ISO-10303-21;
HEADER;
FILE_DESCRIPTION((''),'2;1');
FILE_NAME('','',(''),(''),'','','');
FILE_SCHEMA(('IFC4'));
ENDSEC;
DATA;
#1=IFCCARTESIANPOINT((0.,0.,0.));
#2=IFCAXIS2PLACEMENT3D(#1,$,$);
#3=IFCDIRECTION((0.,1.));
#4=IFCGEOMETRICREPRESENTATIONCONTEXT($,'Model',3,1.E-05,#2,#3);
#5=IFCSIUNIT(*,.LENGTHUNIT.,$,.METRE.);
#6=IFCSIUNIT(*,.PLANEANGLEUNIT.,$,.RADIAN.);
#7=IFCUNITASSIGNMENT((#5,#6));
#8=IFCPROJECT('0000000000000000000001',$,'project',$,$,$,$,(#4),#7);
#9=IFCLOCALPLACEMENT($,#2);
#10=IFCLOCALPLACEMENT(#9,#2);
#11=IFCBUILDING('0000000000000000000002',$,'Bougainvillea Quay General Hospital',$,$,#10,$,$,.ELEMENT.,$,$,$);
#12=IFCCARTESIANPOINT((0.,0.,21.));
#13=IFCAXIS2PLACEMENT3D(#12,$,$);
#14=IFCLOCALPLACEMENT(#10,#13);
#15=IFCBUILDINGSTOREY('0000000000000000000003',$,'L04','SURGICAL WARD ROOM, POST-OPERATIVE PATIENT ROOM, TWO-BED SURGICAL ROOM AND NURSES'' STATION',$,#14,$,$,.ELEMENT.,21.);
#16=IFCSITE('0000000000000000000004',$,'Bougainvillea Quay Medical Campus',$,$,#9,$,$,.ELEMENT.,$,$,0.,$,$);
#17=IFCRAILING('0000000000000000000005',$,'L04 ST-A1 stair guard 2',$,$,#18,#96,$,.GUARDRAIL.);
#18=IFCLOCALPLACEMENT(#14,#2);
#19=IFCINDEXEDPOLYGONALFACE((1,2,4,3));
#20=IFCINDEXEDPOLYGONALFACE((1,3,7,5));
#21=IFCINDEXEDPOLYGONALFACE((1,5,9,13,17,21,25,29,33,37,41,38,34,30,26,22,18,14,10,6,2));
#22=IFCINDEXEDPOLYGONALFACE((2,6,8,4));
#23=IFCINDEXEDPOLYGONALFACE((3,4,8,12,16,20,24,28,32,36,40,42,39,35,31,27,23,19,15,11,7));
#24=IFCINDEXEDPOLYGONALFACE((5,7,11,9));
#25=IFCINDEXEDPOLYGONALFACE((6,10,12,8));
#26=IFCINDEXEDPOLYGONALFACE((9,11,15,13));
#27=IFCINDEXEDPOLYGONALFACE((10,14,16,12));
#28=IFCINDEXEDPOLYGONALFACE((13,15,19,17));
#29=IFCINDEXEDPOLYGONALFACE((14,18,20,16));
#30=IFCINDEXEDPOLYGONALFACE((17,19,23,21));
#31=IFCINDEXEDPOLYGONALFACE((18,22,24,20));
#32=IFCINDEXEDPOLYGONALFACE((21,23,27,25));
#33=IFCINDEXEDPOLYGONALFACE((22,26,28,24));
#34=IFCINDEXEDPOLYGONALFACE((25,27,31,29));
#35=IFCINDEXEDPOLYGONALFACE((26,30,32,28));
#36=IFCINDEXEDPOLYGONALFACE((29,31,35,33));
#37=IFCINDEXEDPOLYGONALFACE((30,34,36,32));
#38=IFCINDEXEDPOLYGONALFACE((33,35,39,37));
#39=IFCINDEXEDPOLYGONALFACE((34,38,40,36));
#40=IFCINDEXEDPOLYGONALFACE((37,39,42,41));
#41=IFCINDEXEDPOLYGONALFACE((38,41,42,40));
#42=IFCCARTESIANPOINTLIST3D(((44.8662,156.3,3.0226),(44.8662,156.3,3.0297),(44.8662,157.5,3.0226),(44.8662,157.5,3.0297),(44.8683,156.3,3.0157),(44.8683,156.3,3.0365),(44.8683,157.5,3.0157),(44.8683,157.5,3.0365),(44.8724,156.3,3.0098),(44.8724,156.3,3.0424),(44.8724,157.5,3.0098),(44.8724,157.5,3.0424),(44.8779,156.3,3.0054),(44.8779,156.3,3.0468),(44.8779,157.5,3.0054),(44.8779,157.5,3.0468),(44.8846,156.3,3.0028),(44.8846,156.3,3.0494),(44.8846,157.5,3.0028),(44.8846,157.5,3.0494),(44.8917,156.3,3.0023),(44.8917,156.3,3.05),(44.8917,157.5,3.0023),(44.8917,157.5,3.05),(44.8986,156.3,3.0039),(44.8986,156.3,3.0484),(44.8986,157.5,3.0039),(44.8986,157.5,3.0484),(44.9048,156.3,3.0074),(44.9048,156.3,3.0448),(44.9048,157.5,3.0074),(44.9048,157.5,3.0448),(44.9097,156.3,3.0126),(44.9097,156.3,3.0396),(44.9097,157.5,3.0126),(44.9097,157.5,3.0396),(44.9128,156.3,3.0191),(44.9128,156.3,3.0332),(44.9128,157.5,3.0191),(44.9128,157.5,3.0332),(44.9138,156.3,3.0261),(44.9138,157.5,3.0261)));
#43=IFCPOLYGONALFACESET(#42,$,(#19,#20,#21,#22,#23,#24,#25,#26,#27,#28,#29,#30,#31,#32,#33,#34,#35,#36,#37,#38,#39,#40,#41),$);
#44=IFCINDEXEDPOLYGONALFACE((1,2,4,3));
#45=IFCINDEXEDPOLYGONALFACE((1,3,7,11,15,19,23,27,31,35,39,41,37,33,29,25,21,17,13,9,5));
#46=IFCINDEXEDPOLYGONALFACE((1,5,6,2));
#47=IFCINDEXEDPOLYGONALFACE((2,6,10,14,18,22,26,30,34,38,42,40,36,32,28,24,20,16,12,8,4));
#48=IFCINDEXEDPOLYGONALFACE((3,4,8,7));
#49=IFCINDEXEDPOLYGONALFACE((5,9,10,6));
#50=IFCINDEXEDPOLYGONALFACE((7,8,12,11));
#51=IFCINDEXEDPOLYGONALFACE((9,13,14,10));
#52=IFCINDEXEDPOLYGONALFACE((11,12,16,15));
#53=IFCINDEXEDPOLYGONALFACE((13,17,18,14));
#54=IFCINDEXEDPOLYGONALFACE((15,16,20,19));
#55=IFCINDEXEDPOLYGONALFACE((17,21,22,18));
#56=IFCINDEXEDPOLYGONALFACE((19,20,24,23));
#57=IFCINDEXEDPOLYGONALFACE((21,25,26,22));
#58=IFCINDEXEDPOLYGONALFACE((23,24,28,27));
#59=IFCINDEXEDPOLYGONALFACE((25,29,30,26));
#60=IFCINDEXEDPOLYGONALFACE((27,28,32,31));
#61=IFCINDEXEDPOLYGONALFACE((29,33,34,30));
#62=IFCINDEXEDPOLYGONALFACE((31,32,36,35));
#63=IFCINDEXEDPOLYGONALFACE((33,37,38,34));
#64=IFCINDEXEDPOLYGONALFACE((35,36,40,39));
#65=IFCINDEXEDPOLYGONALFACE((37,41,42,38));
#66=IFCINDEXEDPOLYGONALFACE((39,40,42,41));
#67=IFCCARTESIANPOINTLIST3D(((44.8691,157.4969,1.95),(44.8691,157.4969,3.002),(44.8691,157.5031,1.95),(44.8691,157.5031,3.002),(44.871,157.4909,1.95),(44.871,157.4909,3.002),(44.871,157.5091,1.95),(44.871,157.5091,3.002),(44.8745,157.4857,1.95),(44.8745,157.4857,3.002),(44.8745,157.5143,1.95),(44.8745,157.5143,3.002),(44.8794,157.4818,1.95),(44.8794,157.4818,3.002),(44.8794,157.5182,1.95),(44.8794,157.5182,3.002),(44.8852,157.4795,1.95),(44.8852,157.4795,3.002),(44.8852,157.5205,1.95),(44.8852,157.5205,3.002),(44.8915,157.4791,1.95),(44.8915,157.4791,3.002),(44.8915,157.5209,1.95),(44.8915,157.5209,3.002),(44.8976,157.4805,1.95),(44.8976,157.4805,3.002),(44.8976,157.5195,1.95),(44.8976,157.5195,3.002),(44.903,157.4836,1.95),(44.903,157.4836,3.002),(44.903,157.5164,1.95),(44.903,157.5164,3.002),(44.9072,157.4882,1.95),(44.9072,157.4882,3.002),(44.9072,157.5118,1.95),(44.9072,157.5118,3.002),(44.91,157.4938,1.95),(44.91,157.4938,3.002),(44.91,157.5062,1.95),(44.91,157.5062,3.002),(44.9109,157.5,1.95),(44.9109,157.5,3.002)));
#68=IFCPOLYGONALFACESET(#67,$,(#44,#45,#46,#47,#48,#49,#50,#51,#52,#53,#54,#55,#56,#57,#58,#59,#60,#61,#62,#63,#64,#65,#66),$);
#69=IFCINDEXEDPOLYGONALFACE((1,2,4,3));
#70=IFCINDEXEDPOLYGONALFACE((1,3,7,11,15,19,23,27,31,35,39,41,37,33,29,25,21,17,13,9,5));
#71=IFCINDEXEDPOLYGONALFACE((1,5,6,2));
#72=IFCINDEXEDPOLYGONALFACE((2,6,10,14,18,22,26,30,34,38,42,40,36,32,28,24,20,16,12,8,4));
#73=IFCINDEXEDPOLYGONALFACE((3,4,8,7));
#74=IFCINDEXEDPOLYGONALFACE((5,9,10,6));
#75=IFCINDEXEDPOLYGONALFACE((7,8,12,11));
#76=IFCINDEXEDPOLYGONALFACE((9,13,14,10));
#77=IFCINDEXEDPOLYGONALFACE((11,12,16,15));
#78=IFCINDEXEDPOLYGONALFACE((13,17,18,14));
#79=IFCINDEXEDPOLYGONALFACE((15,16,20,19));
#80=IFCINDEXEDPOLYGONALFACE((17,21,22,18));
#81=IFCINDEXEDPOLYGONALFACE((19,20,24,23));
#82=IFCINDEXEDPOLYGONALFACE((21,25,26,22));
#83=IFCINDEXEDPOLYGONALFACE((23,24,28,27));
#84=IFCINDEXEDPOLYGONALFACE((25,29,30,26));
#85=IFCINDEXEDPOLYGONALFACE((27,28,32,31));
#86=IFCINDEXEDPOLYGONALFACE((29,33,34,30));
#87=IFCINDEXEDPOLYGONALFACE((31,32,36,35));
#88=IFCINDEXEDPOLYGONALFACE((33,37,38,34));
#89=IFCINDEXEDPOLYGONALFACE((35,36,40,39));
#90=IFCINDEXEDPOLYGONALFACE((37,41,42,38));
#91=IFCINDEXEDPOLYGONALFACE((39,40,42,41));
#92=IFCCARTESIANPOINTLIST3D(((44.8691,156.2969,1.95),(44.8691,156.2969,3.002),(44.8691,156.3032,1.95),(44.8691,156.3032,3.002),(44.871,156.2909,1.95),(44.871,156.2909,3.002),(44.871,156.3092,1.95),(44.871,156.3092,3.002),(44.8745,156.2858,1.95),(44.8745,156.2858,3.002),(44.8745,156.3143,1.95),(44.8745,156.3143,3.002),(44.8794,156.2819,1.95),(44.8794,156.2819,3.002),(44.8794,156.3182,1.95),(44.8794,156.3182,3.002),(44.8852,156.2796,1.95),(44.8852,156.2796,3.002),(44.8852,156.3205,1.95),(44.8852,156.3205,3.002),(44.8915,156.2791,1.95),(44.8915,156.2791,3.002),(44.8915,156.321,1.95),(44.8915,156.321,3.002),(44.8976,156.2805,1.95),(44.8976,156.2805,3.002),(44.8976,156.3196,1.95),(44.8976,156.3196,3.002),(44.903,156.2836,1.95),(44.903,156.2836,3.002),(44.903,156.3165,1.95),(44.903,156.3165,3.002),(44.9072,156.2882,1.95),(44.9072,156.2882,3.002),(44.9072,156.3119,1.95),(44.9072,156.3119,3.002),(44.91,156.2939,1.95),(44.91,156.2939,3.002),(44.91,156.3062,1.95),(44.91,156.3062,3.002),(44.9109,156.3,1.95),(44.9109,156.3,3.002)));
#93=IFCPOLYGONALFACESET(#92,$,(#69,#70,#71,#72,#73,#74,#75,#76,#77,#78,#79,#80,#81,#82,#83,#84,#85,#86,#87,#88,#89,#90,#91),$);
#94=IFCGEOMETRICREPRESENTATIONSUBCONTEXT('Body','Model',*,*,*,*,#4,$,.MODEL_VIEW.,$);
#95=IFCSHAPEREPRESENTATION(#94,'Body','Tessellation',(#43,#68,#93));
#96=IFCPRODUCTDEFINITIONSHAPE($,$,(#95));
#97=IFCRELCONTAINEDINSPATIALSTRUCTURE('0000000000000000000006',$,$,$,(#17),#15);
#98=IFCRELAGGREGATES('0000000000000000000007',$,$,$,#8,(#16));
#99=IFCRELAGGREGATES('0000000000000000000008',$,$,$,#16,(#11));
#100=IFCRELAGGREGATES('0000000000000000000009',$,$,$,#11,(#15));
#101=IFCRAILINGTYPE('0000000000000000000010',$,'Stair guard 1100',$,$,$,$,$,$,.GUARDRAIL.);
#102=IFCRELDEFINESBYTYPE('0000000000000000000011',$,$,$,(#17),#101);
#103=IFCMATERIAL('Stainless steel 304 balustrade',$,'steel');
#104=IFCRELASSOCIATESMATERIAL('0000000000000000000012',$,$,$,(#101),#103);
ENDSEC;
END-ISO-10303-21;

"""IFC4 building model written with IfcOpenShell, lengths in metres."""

from ifc_helpers import new_model, si_unit, direction, frame, origin, origin_2d, place, context, subcontext, project, spatial, circle, extrude, material, type_object, element, save


model = new_model("IFC4")

# Units and contexts
model_context = context("Model", 3, precision=1e-05, world=origin(), true_north=direction((0.0, 1.0)))
body_context = subcontext(model_context, "Body", "Model", "MODEL_VIEW")
ifc_project = project(units=[si_unit("LENGTHUNIT", "METRE"), si_unit("PLANEANGLEUNIT", "RADIAN")], contexts=[model_context])

# Site, building, storey
site_placement = place(None, origin())
site = spatial("IfcSite", under=ifc_project, at=site_placement, Name="Bougainvillea Quay Medical Campus", CompositionType="ELEMENT", RefElevation=0.0)
building_placement = place(site_placement, origin())
building = spatial("IfcBuilding", under=site, at=building_placement, Name="Bougainvillea Quay General Hospital", CompositionType="ELEMENT")
storey_placement = place(building_placement, frame((0.0, 0.0, 21.0)))
storey = spatial("IfcBuildingStorey", under=building, at=storey_placement, Name="L04", Description="SURGICAL WARD ROOM, POST-OPERATIVE PATIENT ROOM, TWO-BED SURGICAL ROOM AND NURSES' STATION", CompositionType="ELEMENT", Elevation=21.0)

# Railing
ifc_material_1 = material(Name="Stainless steel 304 balustrade", Category="steel")
railing_type_1 = type_object("IfcRailingType", Name="Stair guard 1100", PredefinedType="GUARDRAIL", material=ifc_material_1)
railing_1_placement = place(storey_placement, frame((44.8899, 157.5, 1.95)))
element("IfcRailing", 1, at=railing_1_placement, inside=storey, type_object=railing_type_1, Name="L04 ST-A1 stair guard 2", PredefinedType="GUARDRAIL", context=body_context, shape_type="SweptSolid", body=[
    extrude(circle(Radius=0.0239, at=origin_2d()), frame((0.0, 0.0, 1.0762), z_axis=(0.0, -1.0, 0.0), x_axis=(1.0, 0.0, 0.0)), (0.0, 0.0, 1.0), 1.2),
    extrude(circle(Radius=0.021, at=origin_2d()), origin(), (0.0, 0.0, 1.0), 1.052),
    extrude(circle(Radius=0.021, at=origin_2d()), frame((0.0, -1.2, 0.0)), (0.0, 0.0, 1.0), 1.052),
])

save(model, "model.ifc")
